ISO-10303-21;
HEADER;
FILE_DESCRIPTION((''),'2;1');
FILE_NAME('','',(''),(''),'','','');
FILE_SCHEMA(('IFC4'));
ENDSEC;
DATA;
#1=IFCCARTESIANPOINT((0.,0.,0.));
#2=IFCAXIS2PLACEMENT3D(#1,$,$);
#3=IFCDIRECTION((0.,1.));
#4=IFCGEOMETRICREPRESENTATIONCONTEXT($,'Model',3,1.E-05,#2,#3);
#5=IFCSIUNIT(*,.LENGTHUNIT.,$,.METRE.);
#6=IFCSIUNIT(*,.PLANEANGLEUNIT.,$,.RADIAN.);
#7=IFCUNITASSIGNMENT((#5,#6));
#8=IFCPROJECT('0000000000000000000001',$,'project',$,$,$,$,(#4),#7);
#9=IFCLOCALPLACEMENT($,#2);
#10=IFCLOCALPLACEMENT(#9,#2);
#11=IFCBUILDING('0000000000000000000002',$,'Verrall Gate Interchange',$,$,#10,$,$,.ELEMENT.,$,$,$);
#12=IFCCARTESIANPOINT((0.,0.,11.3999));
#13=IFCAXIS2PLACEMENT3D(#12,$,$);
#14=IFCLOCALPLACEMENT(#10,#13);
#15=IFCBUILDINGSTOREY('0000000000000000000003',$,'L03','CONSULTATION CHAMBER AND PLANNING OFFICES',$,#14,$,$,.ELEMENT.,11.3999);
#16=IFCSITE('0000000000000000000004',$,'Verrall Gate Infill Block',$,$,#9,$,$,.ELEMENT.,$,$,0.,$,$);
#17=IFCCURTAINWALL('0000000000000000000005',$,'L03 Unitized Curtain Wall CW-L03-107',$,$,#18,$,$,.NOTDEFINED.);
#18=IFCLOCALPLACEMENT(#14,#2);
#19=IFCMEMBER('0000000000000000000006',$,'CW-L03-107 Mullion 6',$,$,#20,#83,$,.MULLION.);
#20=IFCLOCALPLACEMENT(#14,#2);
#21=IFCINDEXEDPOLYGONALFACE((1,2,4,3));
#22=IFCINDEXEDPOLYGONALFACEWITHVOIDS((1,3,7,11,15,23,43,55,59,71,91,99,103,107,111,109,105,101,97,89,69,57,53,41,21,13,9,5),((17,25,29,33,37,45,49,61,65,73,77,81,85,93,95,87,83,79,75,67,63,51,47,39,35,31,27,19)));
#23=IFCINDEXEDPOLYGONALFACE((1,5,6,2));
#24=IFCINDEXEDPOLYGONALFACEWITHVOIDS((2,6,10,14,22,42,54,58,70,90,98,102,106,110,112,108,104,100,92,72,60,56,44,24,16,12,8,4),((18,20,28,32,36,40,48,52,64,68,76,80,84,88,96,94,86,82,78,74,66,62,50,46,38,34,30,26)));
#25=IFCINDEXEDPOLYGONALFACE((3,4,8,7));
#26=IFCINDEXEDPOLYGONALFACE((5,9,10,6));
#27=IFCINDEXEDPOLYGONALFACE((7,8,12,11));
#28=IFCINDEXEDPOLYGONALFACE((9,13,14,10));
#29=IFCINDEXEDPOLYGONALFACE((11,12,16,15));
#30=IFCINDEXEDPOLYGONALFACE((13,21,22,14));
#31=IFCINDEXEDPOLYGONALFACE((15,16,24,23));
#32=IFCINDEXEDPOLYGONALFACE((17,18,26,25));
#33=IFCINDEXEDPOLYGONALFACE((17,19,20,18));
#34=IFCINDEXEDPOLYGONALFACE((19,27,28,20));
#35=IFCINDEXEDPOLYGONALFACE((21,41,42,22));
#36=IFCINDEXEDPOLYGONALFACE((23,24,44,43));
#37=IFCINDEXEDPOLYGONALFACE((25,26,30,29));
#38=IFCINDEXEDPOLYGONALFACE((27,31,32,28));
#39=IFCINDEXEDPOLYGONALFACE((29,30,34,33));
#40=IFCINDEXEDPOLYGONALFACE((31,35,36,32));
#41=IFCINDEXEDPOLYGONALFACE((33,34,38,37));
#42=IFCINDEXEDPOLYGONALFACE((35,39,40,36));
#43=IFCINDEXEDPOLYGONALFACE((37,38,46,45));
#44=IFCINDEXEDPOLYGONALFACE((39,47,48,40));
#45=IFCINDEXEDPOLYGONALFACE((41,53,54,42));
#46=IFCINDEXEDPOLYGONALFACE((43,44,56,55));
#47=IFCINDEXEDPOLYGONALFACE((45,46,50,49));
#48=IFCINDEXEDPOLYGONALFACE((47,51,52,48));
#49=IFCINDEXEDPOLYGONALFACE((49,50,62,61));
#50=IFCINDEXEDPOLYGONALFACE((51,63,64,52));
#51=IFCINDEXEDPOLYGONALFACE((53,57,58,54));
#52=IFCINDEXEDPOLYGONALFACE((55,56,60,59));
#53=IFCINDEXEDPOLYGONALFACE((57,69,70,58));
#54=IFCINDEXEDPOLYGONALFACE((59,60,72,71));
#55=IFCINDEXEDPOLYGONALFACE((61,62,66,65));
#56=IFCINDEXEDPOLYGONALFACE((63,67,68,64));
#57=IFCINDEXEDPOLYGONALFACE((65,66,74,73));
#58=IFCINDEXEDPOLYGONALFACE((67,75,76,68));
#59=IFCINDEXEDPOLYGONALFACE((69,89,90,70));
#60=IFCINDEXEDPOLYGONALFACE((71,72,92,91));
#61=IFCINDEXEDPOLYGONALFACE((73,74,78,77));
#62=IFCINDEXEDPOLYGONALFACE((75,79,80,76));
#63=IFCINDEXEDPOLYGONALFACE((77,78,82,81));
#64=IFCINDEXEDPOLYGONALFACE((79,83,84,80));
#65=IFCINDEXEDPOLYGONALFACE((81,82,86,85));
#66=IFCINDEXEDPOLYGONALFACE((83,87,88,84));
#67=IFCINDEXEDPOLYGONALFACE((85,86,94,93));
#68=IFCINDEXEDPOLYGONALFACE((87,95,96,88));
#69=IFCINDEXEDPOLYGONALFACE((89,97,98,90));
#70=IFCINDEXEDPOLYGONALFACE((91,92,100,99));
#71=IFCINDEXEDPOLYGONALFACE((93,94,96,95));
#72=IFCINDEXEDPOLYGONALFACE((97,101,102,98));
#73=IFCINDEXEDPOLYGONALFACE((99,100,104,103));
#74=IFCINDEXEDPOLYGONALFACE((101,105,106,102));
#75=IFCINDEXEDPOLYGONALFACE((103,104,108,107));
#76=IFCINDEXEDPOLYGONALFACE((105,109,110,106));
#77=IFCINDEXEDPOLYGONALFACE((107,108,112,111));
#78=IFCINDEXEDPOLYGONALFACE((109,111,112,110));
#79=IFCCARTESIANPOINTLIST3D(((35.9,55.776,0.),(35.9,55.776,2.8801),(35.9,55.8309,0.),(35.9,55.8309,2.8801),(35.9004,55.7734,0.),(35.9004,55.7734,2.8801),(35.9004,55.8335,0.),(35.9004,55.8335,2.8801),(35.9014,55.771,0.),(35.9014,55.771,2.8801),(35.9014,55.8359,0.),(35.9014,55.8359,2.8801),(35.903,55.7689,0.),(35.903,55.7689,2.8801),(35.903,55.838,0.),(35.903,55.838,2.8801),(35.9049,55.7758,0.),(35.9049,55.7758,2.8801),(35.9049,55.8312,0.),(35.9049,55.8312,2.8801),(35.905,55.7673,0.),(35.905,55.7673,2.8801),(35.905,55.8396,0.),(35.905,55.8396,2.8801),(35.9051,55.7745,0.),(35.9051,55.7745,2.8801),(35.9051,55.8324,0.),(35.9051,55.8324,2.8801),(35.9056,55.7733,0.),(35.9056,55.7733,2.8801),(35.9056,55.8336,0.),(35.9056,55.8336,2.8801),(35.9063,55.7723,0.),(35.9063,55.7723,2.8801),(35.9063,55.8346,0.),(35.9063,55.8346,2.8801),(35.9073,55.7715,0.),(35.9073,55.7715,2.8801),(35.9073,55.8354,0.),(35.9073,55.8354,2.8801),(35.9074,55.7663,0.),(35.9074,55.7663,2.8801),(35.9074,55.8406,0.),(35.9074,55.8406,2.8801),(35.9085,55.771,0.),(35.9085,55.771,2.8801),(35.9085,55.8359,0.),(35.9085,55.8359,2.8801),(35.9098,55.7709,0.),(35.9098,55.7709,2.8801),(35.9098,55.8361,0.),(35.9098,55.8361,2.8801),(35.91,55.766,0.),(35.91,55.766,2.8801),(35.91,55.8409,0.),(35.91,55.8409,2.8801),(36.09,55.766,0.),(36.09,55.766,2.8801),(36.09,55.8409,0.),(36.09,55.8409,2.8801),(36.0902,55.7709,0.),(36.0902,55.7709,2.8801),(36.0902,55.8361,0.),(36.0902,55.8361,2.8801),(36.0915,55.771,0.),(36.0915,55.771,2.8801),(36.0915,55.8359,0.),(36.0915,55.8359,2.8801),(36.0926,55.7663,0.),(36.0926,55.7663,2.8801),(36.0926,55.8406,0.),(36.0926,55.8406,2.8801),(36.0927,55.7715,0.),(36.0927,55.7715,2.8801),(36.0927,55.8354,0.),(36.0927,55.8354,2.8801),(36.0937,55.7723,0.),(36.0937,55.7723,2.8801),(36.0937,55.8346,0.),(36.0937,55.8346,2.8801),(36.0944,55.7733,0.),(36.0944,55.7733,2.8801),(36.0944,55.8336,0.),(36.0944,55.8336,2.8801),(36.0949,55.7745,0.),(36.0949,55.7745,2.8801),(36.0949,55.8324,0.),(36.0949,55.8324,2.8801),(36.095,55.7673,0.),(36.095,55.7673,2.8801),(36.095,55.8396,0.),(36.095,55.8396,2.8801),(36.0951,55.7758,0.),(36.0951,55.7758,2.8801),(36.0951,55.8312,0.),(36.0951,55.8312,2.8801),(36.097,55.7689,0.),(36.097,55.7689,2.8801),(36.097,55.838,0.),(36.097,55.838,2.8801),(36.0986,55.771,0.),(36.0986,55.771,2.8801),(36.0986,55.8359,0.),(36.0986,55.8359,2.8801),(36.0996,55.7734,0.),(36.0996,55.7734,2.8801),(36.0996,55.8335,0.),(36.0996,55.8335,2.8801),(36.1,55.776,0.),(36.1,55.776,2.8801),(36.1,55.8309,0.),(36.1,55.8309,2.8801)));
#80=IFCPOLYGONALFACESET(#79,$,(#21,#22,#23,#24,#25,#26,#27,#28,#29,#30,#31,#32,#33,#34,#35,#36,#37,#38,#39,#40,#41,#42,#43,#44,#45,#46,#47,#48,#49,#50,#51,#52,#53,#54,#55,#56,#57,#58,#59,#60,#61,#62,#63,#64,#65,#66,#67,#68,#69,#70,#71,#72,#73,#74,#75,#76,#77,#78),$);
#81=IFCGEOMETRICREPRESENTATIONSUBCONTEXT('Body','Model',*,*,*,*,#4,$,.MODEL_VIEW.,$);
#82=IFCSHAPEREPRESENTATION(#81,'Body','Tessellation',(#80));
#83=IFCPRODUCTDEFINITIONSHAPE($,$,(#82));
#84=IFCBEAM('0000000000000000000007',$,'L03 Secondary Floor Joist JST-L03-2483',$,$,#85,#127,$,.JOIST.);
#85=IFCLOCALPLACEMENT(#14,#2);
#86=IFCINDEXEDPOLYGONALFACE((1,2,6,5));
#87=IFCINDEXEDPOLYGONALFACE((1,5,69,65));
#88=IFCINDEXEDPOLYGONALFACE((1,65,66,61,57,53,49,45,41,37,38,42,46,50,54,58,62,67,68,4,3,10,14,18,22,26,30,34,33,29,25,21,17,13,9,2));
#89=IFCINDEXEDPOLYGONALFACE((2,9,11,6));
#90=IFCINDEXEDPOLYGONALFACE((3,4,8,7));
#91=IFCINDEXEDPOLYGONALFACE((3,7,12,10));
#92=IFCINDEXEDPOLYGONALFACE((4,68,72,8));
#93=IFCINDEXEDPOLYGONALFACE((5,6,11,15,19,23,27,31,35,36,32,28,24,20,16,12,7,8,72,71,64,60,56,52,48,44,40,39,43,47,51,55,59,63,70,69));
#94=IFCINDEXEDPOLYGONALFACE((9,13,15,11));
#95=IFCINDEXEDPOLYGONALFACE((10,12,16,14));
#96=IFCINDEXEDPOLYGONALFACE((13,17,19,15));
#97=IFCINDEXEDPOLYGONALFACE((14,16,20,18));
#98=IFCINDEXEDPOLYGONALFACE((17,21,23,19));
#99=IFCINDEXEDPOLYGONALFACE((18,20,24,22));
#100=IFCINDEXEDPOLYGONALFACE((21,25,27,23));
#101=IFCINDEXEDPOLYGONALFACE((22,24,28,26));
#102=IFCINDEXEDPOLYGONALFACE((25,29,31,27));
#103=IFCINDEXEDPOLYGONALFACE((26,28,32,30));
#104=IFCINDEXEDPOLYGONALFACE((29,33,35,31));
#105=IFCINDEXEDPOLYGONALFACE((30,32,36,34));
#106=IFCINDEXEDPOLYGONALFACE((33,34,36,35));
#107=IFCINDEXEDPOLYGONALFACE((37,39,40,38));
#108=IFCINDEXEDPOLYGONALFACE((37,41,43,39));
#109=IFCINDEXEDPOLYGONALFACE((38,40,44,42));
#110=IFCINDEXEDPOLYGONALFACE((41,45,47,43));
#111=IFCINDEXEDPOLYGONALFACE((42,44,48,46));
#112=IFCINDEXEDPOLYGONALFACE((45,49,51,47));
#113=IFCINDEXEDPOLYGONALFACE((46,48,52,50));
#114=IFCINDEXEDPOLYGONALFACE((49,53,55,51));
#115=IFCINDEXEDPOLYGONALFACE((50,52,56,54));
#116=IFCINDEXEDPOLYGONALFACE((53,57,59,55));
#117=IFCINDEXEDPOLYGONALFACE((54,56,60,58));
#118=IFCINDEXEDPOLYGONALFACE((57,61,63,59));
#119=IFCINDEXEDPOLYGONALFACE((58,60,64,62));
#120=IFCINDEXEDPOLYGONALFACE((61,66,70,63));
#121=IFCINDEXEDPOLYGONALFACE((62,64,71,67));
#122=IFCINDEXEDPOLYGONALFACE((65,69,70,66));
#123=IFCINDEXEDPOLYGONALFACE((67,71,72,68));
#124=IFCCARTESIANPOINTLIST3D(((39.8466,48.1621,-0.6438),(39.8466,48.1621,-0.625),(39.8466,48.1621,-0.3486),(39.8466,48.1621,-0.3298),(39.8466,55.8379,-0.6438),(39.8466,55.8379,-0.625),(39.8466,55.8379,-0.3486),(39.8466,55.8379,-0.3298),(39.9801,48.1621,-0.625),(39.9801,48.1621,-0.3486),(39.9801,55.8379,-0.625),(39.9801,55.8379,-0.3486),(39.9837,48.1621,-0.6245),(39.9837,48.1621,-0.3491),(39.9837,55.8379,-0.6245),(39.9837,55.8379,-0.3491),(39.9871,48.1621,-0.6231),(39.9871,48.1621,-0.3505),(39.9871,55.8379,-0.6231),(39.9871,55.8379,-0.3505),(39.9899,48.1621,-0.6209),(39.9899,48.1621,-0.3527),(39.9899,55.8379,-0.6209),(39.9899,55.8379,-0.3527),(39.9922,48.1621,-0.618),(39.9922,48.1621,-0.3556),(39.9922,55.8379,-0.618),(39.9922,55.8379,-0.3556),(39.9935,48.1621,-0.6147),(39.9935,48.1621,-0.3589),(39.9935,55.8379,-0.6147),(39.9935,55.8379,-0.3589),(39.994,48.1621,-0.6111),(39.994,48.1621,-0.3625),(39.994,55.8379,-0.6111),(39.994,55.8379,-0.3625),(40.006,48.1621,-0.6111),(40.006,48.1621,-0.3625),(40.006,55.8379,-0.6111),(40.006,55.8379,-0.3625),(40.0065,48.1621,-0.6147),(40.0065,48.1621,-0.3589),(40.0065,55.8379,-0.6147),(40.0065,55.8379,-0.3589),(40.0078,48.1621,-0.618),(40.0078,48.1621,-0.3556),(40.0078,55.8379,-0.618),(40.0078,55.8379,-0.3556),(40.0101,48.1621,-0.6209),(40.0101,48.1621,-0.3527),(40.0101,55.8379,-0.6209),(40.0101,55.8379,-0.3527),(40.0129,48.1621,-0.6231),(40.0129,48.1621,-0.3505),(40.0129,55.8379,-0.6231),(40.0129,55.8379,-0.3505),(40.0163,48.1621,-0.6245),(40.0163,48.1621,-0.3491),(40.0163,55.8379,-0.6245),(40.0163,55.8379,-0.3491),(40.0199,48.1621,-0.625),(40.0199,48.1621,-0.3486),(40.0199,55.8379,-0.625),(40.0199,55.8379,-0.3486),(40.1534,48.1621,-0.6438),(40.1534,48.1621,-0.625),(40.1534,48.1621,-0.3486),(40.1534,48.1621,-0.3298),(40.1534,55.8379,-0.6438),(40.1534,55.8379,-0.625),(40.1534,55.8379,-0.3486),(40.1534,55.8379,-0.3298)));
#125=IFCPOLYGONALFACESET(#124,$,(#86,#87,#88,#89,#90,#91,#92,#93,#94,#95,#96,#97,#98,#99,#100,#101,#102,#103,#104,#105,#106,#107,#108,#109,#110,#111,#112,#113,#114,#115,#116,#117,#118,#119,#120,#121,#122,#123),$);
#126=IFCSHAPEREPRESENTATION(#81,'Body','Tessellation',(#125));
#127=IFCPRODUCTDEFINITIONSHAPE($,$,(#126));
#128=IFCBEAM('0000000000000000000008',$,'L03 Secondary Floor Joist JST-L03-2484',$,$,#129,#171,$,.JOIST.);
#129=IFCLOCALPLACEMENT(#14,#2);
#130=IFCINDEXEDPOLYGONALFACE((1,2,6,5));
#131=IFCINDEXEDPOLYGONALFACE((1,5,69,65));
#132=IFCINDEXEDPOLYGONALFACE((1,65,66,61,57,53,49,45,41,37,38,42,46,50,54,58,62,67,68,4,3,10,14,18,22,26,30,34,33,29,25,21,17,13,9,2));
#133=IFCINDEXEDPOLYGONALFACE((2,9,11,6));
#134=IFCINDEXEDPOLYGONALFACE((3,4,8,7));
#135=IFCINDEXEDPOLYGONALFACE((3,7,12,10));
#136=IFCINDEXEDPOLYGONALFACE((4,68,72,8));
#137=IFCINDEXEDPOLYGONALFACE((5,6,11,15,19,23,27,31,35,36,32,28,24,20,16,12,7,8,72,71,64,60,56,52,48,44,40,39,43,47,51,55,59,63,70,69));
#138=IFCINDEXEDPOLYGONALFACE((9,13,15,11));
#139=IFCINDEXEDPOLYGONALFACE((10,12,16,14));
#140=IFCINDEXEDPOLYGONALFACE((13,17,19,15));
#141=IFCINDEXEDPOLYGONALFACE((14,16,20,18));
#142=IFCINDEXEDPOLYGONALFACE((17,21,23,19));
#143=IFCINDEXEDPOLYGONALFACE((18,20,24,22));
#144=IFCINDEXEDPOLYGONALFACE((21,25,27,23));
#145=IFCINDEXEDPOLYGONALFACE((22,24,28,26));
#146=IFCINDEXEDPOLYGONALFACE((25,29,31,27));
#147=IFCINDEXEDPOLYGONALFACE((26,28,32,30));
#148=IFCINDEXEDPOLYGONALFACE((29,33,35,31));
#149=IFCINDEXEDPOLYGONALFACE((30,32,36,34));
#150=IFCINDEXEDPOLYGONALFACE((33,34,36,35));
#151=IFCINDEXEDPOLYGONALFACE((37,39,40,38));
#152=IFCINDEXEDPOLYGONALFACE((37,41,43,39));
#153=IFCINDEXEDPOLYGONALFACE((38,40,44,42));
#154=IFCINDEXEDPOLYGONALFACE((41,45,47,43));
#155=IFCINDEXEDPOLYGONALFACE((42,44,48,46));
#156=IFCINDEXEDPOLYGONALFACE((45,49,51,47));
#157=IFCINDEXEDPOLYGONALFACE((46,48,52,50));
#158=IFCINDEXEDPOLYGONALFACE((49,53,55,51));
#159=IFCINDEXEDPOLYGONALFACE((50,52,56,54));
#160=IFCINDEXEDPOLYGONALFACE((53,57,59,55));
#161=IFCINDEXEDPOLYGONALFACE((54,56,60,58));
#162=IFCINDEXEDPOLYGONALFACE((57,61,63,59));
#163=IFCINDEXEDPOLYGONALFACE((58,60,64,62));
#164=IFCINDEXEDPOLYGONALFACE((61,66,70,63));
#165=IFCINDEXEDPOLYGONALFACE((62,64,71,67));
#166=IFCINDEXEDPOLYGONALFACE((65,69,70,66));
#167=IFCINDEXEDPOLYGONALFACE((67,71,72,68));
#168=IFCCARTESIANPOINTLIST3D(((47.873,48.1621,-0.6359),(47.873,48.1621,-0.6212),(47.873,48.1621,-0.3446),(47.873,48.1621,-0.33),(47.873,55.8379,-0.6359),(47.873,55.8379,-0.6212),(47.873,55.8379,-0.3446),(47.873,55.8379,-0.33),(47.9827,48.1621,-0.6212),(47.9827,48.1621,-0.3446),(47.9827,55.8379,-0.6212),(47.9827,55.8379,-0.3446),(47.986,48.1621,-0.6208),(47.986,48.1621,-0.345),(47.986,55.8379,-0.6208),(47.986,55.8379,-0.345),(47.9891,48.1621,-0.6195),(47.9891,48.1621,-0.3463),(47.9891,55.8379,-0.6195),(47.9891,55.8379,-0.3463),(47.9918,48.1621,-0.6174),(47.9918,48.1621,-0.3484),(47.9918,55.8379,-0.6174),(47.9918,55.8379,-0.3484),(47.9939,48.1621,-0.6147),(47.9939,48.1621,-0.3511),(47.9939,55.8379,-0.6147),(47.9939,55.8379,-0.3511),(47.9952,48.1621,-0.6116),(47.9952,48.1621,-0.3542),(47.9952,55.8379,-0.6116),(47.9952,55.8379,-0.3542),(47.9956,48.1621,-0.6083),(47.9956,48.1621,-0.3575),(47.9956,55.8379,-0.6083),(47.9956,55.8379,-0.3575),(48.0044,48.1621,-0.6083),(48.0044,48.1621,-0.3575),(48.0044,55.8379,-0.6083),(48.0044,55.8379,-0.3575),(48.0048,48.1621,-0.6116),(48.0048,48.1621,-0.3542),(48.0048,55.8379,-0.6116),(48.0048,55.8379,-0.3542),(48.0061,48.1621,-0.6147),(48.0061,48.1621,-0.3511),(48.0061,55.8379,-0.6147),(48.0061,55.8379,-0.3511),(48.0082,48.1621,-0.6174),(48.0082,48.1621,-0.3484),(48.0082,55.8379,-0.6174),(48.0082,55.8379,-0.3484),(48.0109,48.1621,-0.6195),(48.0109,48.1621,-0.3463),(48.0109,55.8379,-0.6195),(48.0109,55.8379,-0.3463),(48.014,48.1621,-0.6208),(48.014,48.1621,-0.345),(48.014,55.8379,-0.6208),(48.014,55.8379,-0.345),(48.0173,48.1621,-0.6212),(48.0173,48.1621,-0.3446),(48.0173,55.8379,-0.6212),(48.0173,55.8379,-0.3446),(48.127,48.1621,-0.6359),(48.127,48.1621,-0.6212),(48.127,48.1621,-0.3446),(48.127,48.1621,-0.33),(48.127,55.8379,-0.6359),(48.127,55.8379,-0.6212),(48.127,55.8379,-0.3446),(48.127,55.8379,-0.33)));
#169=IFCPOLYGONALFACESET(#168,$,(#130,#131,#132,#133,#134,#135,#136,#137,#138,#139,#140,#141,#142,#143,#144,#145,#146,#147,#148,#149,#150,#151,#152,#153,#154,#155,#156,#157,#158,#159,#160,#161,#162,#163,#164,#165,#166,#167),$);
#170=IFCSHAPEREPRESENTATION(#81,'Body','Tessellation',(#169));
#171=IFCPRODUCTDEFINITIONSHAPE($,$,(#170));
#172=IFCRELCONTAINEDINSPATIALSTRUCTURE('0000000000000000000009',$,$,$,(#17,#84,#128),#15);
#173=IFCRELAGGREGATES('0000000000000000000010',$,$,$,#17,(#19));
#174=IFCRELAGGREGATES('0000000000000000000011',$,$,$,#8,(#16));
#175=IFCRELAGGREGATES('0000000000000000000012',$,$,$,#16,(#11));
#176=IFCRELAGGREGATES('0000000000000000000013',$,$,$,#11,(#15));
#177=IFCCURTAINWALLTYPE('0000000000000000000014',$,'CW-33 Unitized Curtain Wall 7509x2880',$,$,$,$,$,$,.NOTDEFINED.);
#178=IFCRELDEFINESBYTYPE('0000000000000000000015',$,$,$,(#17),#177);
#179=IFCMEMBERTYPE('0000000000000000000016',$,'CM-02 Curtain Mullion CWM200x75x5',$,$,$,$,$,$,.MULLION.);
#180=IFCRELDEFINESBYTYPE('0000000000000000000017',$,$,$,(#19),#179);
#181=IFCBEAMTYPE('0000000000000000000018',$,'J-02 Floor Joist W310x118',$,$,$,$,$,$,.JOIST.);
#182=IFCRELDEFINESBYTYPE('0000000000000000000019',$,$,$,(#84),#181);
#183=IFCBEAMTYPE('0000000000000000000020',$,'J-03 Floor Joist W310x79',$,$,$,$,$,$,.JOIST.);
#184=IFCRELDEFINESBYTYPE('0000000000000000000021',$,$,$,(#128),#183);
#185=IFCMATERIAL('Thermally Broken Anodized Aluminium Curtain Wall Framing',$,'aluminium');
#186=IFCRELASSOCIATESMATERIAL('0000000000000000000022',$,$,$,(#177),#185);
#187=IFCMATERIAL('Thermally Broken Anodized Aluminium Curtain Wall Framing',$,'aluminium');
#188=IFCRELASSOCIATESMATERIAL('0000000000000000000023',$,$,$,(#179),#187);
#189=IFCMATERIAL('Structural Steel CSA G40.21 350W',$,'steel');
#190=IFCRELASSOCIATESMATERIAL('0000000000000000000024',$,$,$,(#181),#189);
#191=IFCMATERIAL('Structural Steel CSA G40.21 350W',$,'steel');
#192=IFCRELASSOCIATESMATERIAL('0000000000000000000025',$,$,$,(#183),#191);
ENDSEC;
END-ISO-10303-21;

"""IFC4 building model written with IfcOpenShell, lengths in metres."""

from ifc_helpers import new_model, si_unit, direction, frame, origin, origin_2d, place, context, subcontext, project, spatial, hollow_rectangle, i_section, extrude, material, material_profile, profile_set, type_object, element, aggregate, save


model = new_model("IFC4")

# Units and contexts
model_context = context("Model", 3, precision=1e-05, world=origin(), true_north=direction((0.0, 1.0)))
body_context = subcontext(model_context, "Body", "Model", "MODEL_VIEW")
ifc_project = project(units=[si_unit("LENGTHUNIT", "METRE"), si_unit("PLANEANGLEUNIT", "RADIAN")], contexts=[model_context])

# Site, building, storey
site_placement = place(None, origin())
site = spatial("IfcSite", under=ifc_project, at=site_placement, Name="Verrall Gate Infill Block", CompositionType="ELEMENT", RefElevation=0.0)
building_placement = place(site_placement, origin())
building = spatial("IfcBuilding", under=site, at=building_placement, Name="Verrall Gate Interchange", CompositionType="ELEMENT")
storey_placement = place(building_placement, frame((0.0, 0.0, 11.3999)))
storey = spatial("IfcBuildingStorey", under=building, at=storey_placement, Name="L03", Description="CONSULTATION CHAMBER AND PLANNING OFFICES", CompositionType="ELEMENT", Elevation=11.3999)

# Curtain wall, member
ifc_material_1 = material(Name="Thermally Broken Anodized Aluminium Curtain Wall Framing", Category="aluminium")
curtain_wall_type = type_object("IfcCurtainWallType", Name="CW-33 Unitized Curtain Wall 7509x2880", PredefinedType="NOTDEFINED", material=ifc_material_1)
curtain_wall_placement = place(storey_placement, origin())
curtain_wall = element("IfcCurtainWall", 1, at=curtain_wall_placement, inside=storey, type_object=curtain_wall_type, Name="L03 Unitized Curtain Wall CW-L03-107", PredefinedType="NOTDEFINED")
ifc_material_2 = material(Name="Thermally Broken Anodized Aluminium Curtain Wall Framing", Category="aluminium")
ifc_material_profile_1 = material_profile(ifc_material_2, hollow_rectangle(XDim=0.075, YDim=0.2, WallThickness=0.0049, InnerFilletRadius=0.0049, OuterFilletRadius=0.01, at=origin_2d()), Name="CWM200x75x5")
ifc_profile_set_1 = profile_set([ifc_material_profile_1], Name="Thermally Broken Anodized Aluminium Curtain Wall Framing")
member_type_1 = type_object("IfcMemberType", Name="CM-02 Curtain Mullion CWM200x75x5", PredefinedType="MULLION", material=ifc_profile_set_1)
member_1_placement = place(storey_placement, frame((36.0, 55.8035, 0.0), z_axis=(0.0, 0.0, 1.0), x_axis=(0.0, 1.0, 0.0)))
member_1 = element("IfcMember", 2, at=member_1_placement, type_object=member_type_1, Name="CW-L03-107 Mullion 6", PredefinedType="MULLION", context=body_context, shape_type="SweptSolid", body=[
    extrude(hollow_rectangle(XDim=0.075, YDim=0.2, WallThickness=0.0049, InnerFilletRadius=0.0049, OuterFilletRadius=0.01, at=origin_2d()), origin(), (0.0, 0.0, 1.0), 2.8801),
])

# Beams
ifc_material_3 = material(Name="Structural Steel CSA G40.21 350W", Category="steel")
ifc_material_profile_2 = material_profile(ifc_material_3, i_section(OverallWidth=0.3069, OverallDepth=0.314, WebThickness=0.012, FlangeThickness=0.0188, FilletRadius=0.0139, at=origin_2d()), Name="W310x118")
ifc_profile_set_2 = profile_set([ifc_material_profile_2], Name="Structural Steel CSA G40.21 350W")
beam_type_1 = type_object("IfcBeamType", Name="J-02 Floor Joist W310x118", PredefinedType="JOIST", material=ifc_profile_set_2)
beam_1_placement = place(storey_placement, frame((40.0, 48.1621, -0.4868), z_axis=(0.0, 1.0, 0.0), x_axis=(-1.0, 0.0, 0.0)))
element("IfcBeam", 3, at=beam_1_placement, inside=storey, type_object=beam_type_1, Name="L03 Secondary Floor Joist JST-L03-2483", PredefinedType="JOIST", context=body_context, shape_type="SweptSolid", body=[
    extrude(i_section(OverallWidth=0.3069, OverallDepth=0.314, WebThickness=0.012, FlangeThickness=0.0188, FilletRadius=0.0139, at=origin_2d()), origin(), (0.0, 0.0, 1.0), 7.6758),
])
ifc_material_4 = material(Name="Structural Steel CSA G40.21 350W", Category="steel")
ifc_material_profile_3 = material_profile(ifc_material_4, i_section(OverallWidth=0.2539, OverallDepth=0.3059, WebThickness=0.0088, FlangeThickness=0.0146, FilletRadius=0.0129, at=origin_2d()), Name="W310x79")
ifc_profile_set_3 = profile_set([ifc_material_profile_3], Name="Structural Steel CSA G40.21 350W")
beam_type_2 = type_object("IfcBeamType", Name="J-03 Floor Joist W310x79", PredefinedType="JOIST", material=ifc_profile_set_3)
beam_2_placement = place(storey_placement, frame((48.0, 48.1621, -0.4829), z_axis=(0.0, 1.0, 0.0), x_axis=(-1.0, 0.0, 0.0)))
element("IfcBeam", 4, at=beam_2_placement, inside=storey, type_object=beam_type_2, Name="L03 Secondary Floor Joist JST-L03-2484", PredefinedType="JOIST", context=body_context, shape_type="SweptSolid", body=[
    extrude(i_section(OverallWidth=0.2539, OverallDepth=0.3059, WebThickness=0.0088, FlangeThickness=0.0146, FilletRadius=0.0129, at=origin_2d()), origin(), (0.0, 0.0, 1.0), 7.6758),
])

aggregate(curtain_wall, [member_1])

save(model, "model.ifc")
